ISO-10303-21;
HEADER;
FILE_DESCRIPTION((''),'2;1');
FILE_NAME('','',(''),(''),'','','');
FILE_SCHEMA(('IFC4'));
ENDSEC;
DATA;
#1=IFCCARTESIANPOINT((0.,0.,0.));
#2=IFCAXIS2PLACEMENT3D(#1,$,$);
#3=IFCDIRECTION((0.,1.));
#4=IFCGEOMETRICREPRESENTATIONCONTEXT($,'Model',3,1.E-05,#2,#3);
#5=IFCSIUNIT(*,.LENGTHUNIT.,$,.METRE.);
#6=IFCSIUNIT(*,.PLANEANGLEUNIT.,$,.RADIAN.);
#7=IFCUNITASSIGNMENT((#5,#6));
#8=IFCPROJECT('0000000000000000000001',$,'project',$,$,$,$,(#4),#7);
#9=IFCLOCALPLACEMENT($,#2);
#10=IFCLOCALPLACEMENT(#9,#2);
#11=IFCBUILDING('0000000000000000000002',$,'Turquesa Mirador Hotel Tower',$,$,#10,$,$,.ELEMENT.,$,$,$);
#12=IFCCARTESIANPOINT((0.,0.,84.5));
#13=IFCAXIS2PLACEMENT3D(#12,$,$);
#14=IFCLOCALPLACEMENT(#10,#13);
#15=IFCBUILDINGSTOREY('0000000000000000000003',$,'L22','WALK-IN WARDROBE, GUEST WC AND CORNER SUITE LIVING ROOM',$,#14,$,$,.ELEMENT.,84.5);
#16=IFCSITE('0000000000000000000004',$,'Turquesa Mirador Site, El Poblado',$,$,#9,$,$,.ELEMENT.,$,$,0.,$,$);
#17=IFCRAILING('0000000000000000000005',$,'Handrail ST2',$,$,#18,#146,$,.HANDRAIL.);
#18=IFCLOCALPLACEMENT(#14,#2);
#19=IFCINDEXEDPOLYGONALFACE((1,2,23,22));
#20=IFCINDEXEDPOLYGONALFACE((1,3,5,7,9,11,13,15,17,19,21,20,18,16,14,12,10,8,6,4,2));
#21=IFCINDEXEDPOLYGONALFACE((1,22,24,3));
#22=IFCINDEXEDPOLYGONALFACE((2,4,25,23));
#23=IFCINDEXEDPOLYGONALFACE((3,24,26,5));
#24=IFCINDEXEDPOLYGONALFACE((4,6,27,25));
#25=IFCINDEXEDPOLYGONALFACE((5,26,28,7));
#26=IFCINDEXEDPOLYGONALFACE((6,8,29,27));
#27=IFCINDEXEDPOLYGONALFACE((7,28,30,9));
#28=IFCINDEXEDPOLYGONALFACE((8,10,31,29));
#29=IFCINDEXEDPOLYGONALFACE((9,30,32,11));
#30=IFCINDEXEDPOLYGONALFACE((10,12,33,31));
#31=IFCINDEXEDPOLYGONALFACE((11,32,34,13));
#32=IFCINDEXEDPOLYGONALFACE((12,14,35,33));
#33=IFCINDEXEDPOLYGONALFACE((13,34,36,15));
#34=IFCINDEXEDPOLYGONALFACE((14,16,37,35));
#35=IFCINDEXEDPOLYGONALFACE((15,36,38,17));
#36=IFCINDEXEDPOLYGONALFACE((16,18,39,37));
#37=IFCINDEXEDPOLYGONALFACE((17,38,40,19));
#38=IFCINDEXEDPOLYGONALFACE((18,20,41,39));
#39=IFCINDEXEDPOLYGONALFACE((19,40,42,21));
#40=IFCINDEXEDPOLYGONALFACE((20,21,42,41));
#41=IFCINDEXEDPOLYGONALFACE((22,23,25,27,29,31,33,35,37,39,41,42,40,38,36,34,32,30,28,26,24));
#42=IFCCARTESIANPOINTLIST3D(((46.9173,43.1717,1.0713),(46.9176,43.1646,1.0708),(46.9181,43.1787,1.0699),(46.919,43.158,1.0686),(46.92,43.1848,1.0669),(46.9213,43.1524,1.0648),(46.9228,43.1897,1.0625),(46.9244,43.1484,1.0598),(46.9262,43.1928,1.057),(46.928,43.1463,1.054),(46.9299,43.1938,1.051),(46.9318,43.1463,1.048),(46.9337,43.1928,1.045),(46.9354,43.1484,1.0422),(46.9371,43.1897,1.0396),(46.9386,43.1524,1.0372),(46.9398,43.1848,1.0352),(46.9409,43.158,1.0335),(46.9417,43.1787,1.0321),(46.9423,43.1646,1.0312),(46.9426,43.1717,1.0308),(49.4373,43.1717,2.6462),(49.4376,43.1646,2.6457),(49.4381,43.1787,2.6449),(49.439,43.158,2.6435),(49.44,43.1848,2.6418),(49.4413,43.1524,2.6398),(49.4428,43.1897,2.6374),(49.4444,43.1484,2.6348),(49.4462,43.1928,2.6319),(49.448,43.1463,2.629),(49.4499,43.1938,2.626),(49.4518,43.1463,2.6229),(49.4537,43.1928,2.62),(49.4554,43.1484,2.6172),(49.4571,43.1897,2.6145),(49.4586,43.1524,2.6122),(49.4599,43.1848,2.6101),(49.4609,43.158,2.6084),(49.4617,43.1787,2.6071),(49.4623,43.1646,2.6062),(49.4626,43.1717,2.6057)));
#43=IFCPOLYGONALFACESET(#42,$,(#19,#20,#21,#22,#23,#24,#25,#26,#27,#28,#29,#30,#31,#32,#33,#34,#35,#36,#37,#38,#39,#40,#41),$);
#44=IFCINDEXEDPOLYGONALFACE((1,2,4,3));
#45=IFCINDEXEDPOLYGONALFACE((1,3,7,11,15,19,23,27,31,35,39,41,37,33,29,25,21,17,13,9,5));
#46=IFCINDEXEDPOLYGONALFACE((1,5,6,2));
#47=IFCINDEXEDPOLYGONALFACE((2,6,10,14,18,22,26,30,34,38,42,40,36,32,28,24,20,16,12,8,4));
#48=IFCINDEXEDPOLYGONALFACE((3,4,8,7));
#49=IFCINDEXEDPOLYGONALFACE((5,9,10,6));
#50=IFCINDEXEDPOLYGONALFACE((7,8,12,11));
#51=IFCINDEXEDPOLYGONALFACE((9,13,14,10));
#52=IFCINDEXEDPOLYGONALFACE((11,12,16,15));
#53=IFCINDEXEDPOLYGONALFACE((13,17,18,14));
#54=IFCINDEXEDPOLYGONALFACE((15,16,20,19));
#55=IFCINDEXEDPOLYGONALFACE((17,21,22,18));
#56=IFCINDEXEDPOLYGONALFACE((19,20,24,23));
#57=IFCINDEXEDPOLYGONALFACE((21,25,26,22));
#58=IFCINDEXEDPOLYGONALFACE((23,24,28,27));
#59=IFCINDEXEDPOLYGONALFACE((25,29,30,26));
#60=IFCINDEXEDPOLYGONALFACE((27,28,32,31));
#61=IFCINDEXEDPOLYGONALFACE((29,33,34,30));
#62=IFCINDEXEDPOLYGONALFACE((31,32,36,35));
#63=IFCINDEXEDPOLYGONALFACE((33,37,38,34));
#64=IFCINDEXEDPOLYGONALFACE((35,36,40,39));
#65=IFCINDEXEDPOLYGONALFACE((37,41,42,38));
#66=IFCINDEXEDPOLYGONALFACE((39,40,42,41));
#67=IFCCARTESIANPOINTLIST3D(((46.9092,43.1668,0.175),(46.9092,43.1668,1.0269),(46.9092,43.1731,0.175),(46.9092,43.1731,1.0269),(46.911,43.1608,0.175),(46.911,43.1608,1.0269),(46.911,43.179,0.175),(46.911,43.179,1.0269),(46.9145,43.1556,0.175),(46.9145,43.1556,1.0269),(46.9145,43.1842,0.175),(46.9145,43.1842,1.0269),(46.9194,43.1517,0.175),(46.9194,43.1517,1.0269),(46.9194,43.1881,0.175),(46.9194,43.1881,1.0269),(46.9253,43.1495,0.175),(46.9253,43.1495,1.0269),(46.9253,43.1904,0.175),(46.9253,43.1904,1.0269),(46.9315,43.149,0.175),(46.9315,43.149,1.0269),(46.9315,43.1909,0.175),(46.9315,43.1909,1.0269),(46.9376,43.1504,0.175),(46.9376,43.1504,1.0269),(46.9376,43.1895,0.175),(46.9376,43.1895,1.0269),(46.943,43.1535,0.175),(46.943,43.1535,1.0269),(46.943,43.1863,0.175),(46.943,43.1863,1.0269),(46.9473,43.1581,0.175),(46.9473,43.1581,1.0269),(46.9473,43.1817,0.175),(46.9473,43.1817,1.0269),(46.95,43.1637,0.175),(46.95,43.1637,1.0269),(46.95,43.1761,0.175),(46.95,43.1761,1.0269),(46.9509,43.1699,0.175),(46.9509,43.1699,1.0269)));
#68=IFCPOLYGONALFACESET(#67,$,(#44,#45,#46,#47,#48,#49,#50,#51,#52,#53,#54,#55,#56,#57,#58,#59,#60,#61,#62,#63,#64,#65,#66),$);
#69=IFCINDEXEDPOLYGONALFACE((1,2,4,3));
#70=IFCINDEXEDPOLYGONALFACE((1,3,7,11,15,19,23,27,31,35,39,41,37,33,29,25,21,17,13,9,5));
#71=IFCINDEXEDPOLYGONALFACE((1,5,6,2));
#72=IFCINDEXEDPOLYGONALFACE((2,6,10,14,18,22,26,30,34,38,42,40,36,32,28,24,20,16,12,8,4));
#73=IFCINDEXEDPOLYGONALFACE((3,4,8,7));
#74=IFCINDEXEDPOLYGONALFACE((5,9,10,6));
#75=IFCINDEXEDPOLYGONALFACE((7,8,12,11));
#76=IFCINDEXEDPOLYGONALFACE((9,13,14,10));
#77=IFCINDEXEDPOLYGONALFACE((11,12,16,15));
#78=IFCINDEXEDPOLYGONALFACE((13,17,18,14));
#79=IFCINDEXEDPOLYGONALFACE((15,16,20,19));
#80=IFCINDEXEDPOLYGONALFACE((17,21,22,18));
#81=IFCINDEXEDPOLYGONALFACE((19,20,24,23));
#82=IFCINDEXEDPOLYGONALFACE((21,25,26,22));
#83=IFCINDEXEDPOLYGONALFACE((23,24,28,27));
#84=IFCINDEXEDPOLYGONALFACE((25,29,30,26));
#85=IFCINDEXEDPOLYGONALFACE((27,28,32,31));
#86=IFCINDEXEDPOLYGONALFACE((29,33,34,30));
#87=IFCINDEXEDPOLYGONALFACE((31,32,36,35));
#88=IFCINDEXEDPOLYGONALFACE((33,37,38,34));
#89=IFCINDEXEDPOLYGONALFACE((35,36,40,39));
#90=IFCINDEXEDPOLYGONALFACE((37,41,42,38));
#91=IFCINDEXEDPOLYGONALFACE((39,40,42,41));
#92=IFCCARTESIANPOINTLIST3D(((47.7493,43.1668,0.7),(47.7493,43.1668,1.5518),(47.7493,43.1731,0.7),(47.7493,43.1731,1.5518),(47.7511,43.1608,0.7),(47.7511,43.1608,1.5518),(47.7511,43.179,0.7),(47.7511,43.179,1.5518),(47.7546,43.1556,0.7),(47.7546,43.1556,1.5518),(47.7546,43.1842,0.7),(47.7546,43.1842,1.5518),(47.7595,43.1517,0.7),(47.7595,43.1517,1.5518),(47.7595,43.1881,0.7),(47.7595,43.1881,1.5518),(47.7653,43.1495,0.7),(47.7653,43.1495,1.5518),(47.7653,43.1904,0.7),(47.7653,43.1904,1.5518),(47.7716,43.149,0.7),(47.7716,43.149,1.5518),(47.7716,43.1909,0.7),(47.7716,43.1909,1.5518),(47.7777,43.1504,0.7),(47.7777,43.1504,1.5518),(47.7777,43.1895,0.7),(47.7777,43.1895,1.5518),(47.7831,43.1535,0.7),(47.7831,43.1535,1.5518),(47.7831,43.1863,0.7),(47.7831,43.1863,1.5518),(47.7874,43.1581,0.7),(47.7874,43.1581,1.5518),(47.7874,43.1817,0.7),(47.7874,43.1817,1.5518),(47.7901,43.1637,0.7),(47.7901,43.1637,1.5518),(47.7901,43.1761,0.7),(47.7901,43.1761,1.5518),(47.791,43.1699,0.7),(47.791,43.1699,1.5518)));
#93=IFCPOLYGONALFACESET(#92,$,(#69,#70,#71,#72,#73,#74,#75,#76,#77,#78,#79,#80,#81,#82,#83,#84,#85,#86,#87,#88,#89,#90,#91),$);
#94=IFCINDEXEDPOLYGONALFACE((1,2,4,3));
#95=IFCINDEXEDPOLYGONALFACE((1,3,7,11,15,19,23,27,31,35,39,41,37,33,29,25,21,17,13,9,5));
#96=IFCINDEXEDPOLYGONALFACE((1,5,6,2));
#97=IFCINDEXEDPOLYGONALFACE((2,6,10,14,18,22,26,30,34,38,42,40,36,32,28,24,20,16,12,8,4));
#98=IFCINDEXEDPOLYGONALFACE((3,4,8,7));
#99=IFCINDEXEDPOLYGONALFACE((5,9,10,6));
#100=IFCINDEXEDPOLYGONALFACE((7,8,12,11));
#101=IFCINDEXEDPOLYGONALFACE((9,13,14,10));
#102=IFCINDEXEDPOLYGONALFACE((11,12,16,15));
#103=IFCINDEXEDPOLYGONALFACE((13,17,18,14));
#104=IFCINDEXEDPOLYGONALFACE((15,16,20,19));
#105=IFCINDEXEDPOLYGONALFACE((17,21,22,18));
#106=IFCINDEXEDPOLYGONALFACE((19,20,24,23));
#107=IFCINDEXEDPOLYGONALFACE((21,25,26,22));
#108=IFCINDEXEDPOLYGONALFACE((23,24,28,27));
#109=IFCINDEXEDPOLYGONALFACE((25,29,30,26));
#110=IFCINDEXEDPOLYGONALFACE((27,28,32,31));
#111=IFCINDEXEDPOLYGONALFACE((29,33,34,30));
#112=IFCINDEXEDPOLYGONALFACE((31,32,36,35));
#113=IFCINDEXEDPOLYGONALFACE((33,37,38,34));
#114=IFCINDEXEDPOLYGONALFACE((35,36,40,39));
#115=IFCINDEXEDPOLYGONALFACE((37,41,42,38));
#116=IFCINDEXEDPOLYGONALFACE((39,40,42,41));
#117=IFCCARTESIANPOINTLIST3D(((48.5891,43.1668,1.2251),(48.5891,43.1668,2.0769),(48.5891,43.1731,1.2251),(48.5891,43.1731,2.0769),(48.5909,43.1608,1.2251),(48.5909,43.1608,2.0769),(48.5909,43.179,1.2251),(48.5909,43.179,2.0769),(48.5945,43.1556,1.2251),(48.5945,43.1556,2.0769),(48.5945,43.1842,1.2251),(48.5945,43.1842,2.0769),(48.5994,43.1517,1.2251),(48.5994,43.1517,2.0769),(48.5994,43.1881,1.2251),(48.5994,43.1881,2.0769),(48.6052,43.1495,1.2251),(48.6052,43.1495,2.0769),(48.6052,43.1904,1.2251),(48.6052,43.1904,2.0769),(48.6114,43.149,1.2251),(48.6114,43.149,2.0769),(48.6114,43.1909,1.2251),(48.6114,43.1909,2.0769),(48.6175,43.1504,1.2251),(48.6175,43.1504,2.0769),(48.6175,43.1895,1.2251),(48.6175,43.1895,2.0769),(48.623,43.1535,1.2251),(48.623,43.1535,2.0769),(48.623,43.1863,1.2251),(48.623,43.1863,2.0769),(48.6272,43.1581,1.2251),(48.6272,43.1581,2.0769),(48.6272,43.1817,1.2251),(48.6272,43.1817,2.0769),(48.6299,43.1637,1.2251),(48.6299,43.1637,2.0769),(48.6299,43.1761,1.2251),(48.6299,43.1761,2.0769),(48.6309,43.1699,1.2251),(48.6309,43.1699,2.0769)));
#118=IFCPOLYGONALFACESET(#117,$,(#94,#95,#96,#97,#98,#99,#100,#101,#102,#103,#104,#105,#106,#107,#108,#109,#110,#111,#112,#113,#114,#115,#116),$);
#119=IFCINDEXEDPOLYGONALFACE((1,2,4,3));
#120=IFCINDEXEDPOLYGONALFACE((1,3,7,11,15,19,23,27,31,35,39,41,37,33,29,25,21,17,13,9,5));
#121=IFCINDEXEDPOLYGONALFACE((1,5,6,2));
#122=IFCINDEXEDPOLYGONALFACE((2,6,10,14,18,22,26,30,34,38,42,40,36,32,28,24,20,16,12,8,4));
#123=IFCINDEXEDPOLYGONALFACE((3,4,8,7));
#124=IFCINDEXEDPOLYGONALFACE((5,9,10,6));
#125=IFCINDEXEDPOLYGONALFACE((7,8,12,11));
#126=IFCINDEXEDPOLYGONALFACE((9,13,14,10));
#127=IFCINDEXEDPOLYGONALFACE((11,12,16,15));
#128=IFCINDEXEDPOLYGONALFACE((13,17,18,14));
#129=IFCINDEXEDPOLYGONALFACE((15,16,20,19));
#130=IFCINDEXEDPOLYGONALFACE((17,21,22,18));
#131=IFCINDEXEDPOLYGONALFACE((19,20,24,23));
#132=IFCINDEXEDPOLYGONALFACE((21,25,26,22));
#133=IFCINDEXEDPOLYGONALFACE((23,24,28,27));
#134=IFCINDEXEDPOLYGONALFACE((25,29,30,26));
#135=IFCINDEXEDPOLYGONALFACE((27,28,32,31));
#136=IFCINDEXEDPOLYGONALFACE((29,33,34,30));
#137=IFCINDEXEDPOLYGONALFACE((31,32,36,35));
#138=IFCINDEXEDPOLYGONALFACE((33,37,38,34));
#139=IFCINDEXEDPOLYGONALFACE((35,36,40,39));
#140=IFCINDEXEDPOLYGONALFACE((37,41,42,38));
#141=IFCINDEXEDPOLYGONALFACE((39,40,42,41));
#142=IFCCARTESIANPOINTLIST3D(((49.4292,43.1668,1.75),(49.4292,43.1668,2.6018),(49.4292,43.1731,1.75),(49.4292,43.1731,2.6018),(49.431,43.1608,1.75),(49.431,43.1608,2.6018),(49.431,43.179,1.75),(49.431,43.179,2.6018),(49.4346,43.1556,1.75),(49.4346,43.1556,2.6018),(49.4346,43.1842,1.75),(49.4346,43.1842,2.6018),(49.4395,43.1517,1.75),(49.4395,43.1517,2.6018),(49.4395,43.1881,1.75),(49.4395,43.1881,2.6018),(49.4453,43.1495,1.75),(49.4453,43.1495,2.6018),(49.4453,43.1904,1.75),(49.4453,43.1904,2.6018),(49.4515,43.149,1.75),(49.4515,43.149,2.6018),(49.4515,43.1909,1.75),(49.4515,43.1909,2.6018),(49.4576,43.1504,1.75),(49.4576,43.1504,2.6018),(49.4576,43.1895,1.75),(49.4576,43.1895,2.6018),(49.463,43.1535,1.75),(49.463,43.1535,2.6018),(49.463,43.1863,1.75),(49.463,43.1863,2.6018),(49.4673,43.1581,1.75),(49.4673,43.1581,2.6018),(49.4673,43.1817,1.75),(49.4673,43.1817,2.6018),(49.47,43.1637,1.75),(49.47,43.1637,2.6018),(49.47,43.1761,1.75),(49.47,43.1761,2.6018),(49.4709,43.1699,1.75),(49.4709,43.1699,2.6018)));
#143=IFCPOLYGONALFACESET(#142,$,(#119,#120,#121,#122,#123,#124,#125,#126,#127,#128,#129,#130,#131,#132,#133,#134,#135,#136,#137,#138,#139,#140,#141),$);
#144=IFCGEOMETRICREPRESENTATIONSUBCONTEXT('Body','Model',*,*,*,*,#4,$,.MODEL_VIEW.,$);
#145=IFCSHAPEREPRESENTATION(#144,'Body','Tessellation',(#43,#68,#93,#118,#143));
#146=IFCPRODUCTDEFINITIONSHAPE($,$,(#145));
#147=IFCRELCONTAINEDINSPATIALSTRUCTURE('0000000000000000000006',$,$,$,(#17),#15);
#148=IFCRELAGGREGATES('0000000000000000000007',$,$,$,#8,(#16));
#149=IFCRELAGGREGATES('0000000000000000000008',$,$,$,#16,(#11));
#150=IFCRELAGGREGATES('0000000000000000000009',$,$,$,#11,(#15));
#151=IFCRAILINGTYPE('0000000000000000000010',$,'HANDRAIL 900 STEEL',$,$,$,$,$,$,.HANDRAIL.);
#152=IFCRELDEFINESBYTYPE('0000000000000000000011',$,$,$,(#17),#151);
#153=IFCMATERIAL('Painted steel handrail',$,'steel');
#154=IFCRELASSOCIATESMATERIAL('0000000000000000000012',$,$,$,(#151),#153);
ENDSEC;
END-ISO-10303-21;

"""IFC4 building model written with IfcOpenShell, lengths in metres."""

from ifc_helpers import new_model, si_unit, direction, frame, origin, origin_2d, place, context, subcontext, project, spatial, circle, extrude, material, type_object, element, save


model = new_model("IFC4")

# Units and contexts
model_context = context("Model", 3, precision=1e-05, world=origin(), true_north=direction((0.0, 1.0)))
body_context = subcontext(model_context, "Body", "Model", "MODEL_VIEW")
ifc_project = project(units=[si_unit("LENGTHUNIT", "METRE"), si_unit("PLANEANGLEUNIT", "RADIAN")], contexts=[model_context])

# Site, building, storey
site_placement = place(None, origin())
site = spatial("IfcSite", under=ifc_project, at=site_placement, Name="Turquesa Mirador Site, El Poblado", CompositionType="ELEMENT", RefElevation=0.0)
building_placement = place(site_placement, origin())
building = spatial("IfcBuilding", under=site, at=building_placement, Name="Turquesa Mirador Hotel Tower", CompositionType="ELEMENT")
storey_placement = place(building_placement, frame((0.0, 0.0, 84.5)))
storey = spatial("IfcBuildingStorey", under=building, at=storey_placement, Name="L22", Description="WALK-IN WARDROBE, GUEST WC AND CORNER SUITE LIVING ROOM", CompositionType="ELEMENT", Elevation=84.5)

# Railing
ifc_material_1 = material(Name="Painted steel handrail", Category="steel")
railing_type = type_object("IfcRailingType", Name="HANDRAIL 900 STEEL", PredefinedType="HANDRAIL", material=ifc_material_1)
railing_placement = place(storey_placement, frame((46.9299, 43.1699, 0.175)))
element("IfcRailing", 1, at=railing_placement, inside=storey, type_object=railing_type, Name="Handrail ST2", PredefinedType="HANDRAIL", context=body_context, shape_type="SweptSolid", body=[
    extrude(circle(Radius=0.0239, at=origin_2d()), frame((0.0, 0.0, 0.876), z_axis=(0.848008, 0.0, 0.529984), x_axis=(0.0, 1.0, 0.0)), (0.0, 0.0, 1.0), 2.9717),
    extrude(circle(Radius=0.021, at=origin_2d()), origin(), (0.0, 0.0, 1.0), 0.8518),
    extrude(circle(Radius=0.021, at=origin_2d()), frame((0.8401, 0.0, 0.5249)), (0.0, 0.0, 1.0), 0.8518),
    extrude(circle(Radius=0.021, at=origin_2d()), frame((1.6799, 0.0, 1.05)), (0.0, 0.0, 1.0), 0.8518),
    extrude(circle(Radius=0.021, at=origin_2d()), frame((2.52, 0.0, 1.575)), (0.0, 0.0, 1.0), 0.8518),
])

save(model, "model.ifc")
